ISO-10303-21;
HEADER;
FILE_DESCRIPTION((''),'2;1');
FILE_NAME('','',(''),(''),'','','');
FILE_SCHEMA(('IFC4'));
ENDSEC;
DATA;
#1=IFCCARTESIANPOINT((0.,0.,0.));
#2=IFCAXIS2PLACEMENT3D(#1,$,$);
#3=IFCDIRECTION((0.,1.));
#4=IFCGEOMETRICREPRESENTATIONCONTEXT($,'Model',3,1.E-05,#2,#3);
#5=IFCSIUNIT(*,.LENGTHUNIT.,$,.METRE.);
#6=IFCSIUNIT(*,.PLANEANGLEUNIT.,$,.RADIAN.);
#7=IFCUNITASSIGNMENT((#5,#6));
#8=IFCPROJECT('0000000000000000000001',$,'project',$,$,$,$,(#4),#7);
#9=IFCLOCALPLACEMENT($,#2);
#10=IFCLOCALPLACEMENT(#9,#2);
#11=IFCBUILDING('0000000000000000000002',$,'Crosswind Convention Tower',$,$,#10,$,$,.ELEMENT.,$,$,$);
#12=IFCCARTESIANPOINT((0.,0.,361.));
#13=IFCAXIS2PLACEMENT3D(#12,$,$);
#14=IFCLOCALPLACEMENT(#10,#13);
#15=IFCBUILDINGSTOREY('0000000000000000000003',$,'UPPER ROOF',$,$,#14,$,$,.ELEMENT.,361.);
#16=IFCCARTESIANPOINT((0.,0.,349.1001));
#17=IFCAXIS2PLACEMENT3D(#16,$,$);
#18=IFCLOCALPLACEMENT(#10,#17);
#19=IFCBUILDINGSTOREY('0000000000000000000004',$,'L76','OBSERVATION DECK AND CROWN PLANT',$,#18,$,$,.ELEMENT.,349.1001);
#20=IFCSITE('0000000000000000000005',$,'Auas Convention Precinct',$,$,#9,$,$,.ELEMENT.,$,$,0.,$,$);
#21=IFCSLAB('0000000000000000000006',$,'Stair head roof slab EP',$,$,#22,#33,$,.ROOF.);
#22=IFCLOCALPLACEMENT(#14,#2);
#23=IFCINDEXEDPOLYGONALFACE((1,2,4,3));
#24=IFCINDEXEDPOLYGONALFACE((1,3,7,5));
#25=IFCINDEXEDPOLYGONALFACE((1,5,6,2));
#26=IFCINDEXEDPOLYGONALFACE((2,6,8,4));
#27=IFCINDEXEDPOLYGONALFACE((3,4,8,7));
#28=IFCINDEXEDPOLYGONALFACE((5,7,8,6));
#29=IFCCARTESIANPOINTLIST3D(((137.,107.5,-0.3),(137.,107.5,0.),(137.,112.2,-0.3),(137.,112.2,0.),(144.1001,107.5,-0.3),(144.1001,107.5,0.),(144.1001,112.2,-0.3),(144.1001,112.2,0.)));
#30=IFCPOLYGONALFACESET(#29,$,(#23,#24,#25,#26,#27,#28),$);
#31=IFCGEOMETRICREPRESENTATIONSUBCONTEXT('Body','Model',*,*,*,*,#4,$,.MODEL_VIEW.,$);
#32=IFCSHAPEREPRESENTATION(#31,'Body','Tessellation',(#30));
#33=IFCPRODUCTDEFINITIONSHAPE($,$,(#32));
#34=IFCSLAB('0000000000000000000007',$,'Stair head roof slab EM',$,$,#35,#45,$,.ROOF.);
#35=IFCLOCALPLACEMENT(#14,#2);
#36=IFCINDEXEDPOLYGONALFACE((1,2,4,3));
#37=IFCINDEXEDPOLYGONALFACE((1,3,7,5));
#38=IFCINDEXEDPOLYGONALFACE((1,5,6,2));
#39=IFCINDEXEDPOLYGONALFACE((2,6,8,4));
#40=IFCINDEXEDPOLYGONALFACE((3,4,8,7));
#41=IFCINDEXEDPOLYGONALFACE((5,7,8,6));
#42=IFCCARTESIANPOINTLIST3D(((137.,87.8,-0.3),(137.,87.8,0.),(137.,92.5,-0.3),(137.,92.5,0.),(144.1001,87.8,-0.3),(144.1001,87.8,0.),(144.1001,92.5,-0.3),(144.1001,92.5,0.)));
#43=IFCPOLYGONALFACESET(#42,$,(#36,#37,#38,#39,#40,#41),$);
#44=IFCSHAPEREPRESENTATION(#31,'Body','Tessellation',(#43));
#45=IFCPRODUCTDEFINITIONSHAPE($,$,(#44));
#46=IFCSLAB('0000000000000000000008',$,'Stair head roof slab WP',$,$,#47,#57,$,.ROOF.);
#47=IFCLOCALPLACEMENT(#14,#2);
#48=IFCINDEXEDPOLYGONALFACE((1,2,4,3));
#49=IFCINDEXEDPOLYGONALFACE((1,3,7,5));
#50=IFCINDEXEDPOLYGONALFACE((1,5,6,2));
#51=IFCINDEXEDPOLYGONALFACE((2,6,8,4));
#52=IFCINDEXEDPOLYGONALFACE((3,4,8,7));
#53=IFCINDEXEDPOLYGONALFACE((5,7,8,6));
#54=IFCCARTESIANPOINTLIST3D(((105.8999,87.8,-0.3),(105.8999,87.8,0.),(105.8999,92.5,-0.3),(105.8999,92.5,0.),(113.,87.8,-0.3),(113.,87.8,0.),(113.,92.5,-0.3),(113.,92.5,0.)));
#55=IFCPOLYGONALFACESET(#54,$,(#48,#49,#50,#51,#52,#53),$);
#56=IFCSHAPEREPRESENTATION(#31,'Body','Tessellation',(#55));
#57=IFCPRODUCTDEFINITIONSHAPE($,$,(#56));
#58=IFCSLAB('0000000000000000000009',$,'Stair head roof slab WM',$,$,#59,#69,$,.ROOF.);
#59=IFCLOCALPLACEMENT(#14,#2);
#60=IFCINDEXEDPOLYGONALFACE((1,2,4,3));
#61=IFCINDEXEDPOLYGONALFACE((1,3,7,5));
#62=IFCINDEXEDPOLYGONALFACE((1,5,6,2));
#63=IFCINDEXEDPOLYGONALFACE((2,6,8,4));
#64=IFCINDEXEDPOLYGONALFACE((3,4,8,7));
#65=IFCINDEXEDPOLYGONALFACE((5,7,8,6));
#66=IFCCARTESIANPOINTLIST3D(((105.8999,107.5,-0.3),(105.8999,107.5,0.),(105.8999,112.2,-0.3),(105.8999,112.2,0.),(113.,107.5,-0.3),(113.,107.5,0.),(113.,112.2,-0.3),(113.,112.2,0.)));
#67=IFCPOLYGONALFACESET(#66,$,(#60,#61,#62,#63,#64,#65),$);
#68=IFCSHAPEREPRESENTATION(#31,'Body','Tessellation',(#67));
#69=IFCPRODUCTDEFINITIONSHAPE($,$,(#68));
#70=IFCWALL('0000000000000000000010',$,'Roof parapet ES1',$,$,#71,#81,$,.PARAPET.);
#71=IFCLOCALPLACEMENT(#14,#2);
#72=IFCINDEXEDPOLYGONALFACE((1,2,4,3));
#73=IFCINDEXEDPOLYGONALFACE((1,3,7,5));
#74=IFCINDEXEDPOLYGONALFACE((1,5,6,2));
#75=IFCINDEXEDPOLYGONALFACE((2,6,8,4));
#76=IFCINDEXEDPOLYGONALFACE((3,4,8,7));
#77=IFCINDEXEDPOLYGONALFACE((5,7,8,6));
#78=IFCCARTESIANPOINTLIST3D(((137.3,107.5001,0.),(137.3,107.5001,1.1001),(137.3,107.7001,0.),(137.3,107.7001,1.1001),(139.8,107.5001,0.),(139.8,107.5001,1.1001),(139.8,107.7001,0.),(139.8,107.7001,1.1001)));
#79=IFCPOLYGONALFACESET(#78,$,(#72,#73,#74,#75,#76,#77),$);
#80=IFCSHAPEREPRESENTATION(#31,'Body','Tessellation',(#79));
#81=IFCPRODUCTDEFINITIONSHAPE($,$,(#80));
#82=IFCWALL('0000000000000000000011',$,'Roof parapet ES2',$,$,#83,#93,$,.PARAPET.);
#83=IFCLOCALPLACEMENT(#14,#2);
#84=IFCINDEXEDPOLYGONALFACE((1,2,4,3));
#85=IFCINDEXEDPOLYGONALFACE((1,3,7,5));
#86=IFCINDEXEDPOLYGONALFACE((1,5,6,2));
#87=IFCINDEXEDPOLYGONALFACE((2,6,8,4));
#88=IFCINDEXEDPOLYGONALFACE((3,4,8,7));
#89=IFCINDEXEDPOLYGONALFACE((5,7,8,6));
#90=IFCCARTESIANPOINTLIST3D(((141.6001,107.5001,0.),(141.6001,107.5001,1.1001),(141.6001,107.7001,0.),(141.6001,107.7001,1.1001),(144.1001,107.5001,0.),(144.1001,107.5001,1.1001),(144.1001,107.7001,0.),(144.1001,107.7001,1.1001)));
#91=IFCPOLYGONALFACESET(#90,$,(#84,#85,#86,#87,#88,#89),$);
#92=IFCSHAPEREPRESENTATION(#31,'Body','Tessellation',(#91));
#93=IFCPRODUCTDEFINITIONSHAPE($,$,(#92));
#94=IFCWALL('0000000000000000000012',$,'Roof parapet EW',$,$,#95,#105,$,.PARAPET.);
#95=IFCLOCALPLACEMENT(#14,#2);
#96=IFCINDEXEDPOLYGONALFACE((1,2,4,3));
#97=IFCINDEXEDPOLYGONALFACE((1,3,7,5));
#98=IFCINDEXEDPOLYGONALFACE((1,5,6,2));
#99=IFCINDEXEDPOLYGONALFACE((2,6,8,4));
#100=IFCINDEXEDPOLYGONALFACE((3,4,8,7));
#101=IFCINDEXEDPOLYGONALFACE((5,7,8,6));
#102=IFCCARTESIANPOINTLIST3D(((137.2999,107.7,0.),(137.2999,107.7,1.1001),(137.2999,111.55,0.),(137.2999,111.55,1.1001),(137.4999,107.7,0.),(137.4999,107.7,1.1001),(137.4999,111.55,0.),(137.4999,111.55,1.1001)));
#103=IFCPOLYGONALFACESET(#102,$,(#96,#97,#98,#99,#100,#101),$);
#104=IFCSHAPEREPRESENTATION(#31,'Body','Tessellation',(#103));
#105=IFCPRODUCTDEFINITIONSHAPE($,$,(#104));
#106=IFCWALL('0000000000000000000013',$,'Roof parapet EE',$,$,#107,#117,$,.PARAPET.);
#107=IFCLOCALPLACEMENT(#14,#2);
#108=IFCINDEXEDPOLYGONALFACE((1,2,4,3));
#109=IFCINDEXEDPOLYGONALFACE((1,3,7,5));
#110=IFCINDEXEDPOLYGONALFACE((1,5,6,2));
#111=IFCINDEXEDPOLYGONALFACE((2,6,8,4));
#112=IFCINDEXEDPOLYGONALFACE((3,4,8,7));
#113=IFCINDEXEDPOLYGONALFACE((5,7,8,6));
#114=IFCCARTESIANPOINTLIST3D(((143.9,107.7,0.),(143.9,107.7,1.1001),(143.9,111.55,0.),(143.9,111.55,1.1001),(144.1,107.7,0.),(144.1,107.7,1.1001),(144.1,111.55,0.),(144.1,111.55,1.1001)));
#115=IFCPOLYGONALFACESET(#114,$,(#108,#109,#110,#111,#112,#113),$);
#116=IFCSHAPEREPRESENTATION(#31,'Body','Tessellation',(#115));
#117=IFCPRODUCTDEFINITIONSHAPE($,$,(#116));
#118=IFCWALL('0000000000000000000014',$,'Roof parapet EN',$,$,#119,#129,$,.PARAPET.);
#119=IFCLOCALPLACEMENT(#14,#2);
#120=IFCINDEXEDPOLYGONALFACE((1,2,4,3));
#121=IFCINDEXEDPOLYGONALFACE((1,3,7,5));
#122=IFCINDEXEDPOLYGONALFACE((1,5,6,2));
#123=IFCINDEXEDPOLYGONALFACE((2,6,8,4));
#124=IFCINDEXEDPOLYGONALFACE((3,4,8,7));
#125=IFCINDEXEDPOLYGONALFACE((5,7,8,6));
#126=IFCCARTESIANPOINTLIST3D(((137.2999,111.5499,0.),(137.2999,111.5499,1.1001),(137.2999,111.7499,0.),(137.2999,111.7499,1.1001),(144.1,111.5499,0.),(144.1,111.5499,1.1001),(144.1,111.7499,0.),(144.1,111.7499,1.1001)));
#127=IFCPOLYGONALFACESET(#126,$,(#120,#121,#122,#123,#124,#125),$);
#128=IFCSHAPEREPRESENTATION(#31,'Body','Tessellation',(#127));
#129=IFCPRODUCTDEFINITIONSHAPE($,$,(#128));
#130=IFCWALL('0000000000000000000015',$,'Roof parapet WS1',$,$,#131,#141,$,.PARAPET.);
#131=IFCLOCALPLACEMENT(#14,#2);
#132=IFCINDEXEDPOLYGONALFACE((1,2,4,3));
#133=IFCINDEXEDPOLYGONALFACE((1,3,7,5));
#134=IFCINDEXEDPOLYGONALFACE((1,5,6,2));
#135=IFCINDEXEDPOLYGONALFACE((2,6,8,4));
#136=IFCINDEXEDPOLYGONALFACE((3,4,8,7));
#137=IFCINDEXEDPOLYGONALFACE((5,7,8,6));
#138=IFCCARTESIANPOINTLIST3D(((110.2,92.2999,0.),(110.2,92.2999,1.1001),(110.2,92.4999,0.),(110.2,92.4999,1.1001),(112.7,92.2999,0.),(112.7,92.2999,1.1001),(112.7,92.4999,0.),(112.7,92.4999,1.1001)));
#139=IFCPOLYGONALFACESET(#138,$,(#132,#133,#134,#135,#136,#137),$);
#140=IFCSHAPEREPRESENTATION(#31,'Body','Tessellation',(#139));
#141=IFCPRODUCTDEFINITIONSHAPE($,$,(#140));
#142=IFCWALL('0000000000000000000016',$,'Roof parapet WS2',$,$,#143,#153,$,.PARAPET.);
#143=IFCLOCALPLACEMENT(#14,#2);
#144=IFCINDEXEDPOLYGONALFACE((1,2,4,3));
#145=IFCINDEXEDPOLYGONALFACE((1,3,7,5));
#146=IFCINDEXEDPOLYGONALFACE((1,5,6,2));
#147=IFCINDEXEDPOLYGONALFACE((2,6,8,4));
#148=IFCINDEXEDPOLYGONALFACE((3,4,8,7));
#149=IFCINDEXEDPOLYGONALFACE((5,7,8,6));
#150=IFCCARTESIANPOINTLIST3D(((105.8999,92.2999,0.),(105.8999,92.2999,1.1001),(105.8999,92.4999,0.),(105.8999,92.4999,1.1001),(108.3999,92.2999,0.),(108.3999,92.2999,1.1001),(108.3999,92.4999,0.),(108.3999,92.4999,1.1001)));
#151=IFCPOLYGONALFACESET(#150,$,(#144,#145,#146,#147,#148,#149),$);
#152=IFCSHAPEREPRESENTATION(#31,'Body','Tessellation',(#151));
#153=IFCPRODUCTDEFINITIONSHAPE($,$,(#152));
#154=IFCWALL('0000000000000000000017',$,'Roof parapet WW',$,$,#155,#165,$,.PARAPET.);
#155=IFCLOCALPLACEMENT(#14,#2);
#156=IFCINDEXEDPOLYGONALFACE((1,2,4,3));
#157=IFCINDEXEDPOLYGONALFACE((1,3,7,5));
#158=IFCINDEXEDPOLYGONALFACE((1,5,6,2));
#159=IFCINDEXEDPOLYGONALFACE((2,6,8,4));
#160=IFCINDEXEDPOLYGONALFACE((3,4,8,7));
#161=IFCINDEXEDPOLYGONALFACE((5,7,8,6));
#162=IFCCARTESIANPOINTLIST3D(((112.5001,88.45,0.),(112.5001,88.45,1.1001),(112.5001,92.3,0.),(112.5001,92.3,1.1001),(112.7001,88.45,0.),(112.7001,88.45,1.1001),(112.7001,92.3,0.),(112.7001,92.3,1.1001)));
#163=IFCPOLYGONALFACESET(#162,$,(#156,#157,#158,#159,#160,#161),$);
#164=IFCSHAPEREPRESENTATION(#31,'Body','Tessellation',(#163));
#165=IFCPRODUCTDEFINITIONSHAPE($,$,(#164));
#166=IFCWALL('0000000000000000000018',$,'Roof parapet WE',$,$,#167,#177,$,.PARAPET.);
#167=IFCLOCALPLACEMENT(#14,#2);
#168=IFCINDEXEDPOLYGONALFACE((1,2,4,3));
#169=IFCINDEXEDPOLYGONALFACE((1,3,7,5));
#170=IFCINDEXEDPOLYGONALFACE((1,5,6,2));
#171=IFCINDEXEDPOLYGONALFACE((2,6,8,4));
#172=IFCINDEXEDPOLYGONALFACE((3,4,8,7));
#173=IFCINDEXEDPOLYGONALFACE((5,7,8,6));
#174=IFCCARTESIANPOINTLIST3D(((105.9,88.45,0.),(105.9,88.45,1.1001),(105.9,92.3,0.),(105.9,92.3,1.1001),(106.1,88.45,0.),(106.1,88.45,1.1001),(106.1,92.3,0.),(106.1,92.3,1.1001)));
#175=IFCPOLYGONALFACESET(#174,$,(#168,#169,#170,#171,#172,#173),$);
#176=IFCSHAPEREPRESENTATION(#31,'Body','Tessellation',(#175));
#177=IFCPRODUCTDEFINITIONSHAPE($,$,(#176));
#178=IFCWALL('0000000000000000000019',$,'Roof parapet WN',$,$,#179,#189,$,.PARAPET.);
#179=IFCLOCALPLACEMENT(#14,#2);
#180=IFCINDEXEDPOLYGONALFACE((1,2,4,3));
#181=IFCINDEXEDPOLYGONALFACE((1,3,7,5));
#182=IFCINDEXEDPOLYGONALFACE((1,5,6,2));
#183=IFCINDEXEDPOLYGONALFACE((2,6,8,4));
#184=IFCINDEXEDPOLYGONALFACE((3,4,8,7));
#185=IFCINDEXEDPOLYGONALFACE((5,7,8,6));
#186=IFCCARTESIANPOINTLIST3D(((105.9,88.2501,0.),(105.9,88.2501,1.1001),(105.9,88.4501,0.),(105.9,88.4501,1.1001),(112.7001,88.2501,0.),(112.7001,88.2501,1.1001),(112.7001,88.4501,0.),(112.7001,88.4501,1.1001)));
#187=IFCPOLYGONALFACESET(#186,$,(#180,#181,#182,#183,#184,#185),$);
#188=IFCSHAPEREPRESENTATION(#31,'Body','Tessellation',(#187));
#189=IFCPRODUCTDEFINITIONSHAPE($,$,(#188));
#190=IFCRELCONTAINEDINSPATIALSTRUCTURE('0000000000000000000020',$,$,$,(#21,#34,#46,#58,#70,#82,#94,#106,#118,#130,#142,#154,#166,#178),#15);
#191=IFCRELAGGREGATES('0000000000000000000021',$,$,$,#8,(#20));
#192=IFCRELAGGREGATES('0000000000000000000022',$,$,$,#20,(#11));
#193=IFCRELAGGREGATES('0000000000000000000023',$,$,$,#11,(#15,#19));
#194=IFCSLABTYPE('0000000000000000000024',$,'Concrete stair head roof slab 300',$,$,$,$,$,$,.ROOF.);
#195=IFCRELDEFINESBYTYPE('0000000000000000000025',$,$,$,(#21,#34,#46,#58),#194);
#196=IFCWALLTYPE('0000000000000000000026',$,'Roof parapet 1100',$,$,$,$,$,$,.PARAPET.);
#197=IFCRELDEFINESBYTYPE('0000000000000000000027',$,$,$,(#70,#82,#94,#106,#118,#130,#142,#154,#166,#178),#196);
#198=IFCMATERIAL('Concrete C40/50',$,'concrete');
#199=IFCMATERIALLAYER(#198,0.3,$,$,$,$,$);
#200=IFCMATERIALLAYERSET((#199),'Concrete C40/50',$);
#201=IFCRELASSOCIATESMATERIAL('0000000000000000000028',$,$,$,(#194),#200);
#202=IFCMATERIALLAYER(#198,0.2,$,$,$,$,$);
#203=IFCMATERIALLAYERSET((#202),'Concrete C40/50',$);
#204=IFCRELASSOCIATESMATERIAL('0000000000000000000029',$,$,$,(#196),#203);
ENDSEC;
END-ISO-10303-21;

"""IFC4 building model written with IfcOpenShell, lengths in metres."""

from ifc_helpers import new_model, si_unit, direction, frame, frame_2d, origin, place, context, subcontext, project, spatial, polyline, rectangle, outline, extrude, material, layer, layer_set, type_object, element, save


model = new_model("IFC4")

# Units and contexts
model_context = context("Model", 3, precision=1e-05, world=origin(), true_north=direction((0.0, 1.0)))
body_context = subcontext(model_context, "Body", "Model", "MODEL_VIEW")
ifc_project = project(units=[si_unit("LENGTHUNIT", "METRE"), si_unit("PLANEANGLEUNIT", "RADIAN")], contexts=[model_context])

# Site, building, storey
site_placement = place(None, origin())
site = spatial("IfcSite", under=ifc_project, at=site_placement, Name="Auas Convention Precinct", CompositionType="ELEMENT", RefElevation=0.0)
building_placement = place(site_placement, origin())
building = spatial("IfcBuilding", under=site, at=building_placement, Name="Crosswind Convention Tower", CompositionType="ELEMENT")
storey_1_placement = place(building_placement, frame((0.0, 0.0, 361.0)))
storey_1 = spatial("IfcBuildingStorey", under=building, at=storey_1_placement, Name="UPPER ROOF", CompositionType="ELEMENT", Elevation=361.0)

# Slabs
ifc_material_1 = material(Name="Concrete C40/50", Category="concrete")
ifc_layer_1 = layer(ifc_material_1, 0.3)
ifc_layer_set_1 = layer_set([ifc_layer_1], Name="Concrete C40/50")
slab_type = type_object("IfcSlabType", Name="Concrete stair head roof slab 300", PredefinedType="ROOF", material=ifc_layer_set_1)
slab_1_placement = place(storey_1_placement, frame((0.0, 0.0, -0.3)))
element("IfcSlab", 1, at=slab_1_placement, inside=storey_1, type_object=slab_type, Name="Stair head roof slab EP", PredefinedType="ROOF", context=body_context, shape_type="SweptSolid", body=[
    extrude(outline(polyline([(137.0, 107.5), (144.1001, 107.5), (144.1001, 112.2), (137.0, 112.2), (137.0, 107.5)])), origin(), (0.0, 0.0, 1.0), 0.3),
])
slab_2_placement = place(storey_1_placement, frame((0.0, 0.0, -0.3)))
element("IfcSlab", 2, at=slab_2_placement, inside=storey_1, type_object=slab_type, Name="Stair head roof slab EM", PredefinedType="ROOF", context=body_context, shape_type="SweptSolid", body=[
    extrude(outline(polyline([(137.0, 87.8), (144.1001, 87.8), (144.1001, 92.5), (137.0, 92.5), (137.0, 87.8)])), origin(), (0.0, 0.0, 1.0), 0.3),
])
slab_3_placement = place(storey_1_placement, frame((0.0, 0.0, -0.3)))
element("IfcSlab", 3, at=slab_3_placement, inside=storey_1, type_object=slab_type, Name="Stair head roof slab WP", PredefinedType="ROOF", context=body_context, shape_type="SweptSolid", body=[
    extrude(outline(polyline([(105.8999, 87.8), (113.0, 87.8), (113.0, 92.5), (105.8999, 92.5), (105.8999, 87.8)])), origin(), (0.0, 0.0, 1.0), 0.3),
])
slab_4_placement = place(storey_1_placement, frame((0.0, 0.0, -0.3)))
element("IfcSlab", 4, at=slab_4_placement, inside=storey_1, type_object=slab_type, Name="Stair head roof slab WM", PredefinedType="ROOF", context=body_context, shape_type="SweptSolid", body=[
    extrude(outline(polyline([(105.8999, 107.5), (113.0, 107.5), (113.0, 112.2), (105.8999, 112.2), (105.8999, 107.5)])), origin(), (0.0, 0.0, 1.0), 0.3),
])

# Walls
ifc_layer_2 = layer(ifc_material_1, 0.2)
ifc_layer_set_2 = layer_set([ifc_layer_2], Name="Concrete C40/50")
wall_type = type_object("IfcWallType", Name="Roof parapet 1100", PredefinedType="PARAPET", material=ifc_layer_set_2)
for number, where, z_axis, x_axis, name in (
    (5, (137.3, 107.6001, 0.0), (0.0, 0.0, 1.0), (1.0, 0.0, 0.0), "Roof parapet ES1"),
    (6, (141.6001, 107.6001, 0.0), (0.0, 0.0, 1.0), (1.0, 0.0, 0.0), "Roof parapet ES2"),
):
    element("IfcWall", number, at=place(storey_1_placement, frame(where, z_axis=z_axis, x_axis=x_axis)), inside=storey_1, type_object=wall_type, Name=name, PredefinedType="PARAPET", context=body_context, shape_type="SweptSolid", body=[
        extrude(rectangle(XDim=2.5, YDim=0.2, at=frame_2d((1.25, 0.0))), origin(), (0.0, 0.0, 1.0), 1.1001),
    ])
for number, where, z_axis, x_axis, name in (
    (7, (137.3999, 107.7, 0.0), (0.0, 0.0, 1.0), (0.0, 1.0, 0.0), "Roof parapet EW"),
    (8, (144.0, 107.7, 0.0), (0.0, 0.0, 1.0), (0.0, 1.0, 0.0), "Roof parapet EE"),
):
    element("IfcWall", number, at=place(storey_1_placement, frame(where, z_axis=z_axis, x_axis=x_axis)), inside=storey_1, type_object=wall_type, Name=name, PredefinedType="PARAPET", context=body_context, shape_type="SweptSolid", body=[
        extrude(rectangle(XDim=3.8501, YDim=0.2, at=frame_2d((1.925, 0.0))), origin(), (0.0, 0.0, 1.0), 1.1001),
    ])
wall_1_placement = place(storey_1_placement, frame((137.3, 111.6499, 0.0), z_axis=(0.0, 0.0, 1.0), x_axis=(1.0, 0.0, 0.0)))
element("IfcWall", 9, at=wall_1_placement, inside=storey_1, type_object=wall_type, Name="Roof parapet EN", PredefinedType="PARAPET", context=body_context, shape_type="SweptSolid", body=[
    extrude(rectangle(XDim=6.8, YDim=0.2, at=frame_2d((3.3999, 0.0))), origin(), (0.0, 0.0, 1.0), 1.1001),
])
for number, where, z_axis, x_axis, name in (
    (10, (112.7, 92.3999, 0.0), (0.0, 0.0, 1.0), (-1.0, 0.0, 0.0), "Roof parapet WS1"),
    (11, (108.3999, 92.3999, 0.0), (0.0, 0.0, 1.0), (-1.0, 0.0, 0.0), "Roof parapet WS2"),
):
    element("IfcWall", number, at=place(storey_1_placement, frame(where, z_axis=z_axis, x_axis=x_axis)), inside=storey_1, type_object=wall_type, Name=name, PredefinedType="PARAPET", context=body_context, shape_type="SweptSolid", body=[
        extrude(rectangle(XDim=2.5, YDim=0.2, at=frame_2d((1.25, 0.0))), origin(), (0.0, 0.0, 1.0), 1.1001),
    ])
for number, where, z_axis, x_axis, name in (
    (12, (112.6001, 92.3, 0.0), (0.0, 0.0, 1.0), (0.0, -1.0, 0.0), "Roof parapet WW"),
    (13, (106.0, 92.3, 0.0), (0.0, 0.0, 1.0), (0.0, -1.0, 0.0), "Roof parapet WE"),
):
    element("IfcWall", number, at=place(storey_1_placement, frame(where, z_axis=z_axis, x_axis=x_axis)), inside=storey_1, type_object=wall_type, Name=name, PredefinedType="PARAPET", context=body_context, shape_type="SweptSolid", body=[
        extrude(rectangle(XDim=3.8501, YDim=0.2, at=frame_2d((1.925, 0.0))), origin(), (0.0, 0.0, 1.0), 1.1001),
    ])
wall_2_placement = place(storey_1_placement, frame((112.7, 88.3501, 0.0), z_axis=(0.0, 0.0, 1.0), x_axis=(-1.0, 0.0, 0.0)))
element("IfcWall", 14, at=wall_2_placement, inside=storey_1, type_object=wall_type, Name="Roof parapet WN", PredefinedType="PARAPET", context=body_context, shape_type="SweptSolid", body=[
    extrude(rectangle(XDim=6.8, YDim=0.2, at=frame_2d((3.3999, 0.0))), origin(), (0.0, 0.0, 1.0), 1.1001),
])

# Shared definitions
storey_2_placement = place(building_placement, frame((0.0, 0.0, 349.1001)))
storey_2 = spatial("IfcBuildingStorey", under=building, at=storey_2_placement, Name="L76", Description="OBSERVATION DECK AND CROWN PLANT", CompositionType="ELEMENT", Elevation=349.1001)

save(model, "model.ifc")
